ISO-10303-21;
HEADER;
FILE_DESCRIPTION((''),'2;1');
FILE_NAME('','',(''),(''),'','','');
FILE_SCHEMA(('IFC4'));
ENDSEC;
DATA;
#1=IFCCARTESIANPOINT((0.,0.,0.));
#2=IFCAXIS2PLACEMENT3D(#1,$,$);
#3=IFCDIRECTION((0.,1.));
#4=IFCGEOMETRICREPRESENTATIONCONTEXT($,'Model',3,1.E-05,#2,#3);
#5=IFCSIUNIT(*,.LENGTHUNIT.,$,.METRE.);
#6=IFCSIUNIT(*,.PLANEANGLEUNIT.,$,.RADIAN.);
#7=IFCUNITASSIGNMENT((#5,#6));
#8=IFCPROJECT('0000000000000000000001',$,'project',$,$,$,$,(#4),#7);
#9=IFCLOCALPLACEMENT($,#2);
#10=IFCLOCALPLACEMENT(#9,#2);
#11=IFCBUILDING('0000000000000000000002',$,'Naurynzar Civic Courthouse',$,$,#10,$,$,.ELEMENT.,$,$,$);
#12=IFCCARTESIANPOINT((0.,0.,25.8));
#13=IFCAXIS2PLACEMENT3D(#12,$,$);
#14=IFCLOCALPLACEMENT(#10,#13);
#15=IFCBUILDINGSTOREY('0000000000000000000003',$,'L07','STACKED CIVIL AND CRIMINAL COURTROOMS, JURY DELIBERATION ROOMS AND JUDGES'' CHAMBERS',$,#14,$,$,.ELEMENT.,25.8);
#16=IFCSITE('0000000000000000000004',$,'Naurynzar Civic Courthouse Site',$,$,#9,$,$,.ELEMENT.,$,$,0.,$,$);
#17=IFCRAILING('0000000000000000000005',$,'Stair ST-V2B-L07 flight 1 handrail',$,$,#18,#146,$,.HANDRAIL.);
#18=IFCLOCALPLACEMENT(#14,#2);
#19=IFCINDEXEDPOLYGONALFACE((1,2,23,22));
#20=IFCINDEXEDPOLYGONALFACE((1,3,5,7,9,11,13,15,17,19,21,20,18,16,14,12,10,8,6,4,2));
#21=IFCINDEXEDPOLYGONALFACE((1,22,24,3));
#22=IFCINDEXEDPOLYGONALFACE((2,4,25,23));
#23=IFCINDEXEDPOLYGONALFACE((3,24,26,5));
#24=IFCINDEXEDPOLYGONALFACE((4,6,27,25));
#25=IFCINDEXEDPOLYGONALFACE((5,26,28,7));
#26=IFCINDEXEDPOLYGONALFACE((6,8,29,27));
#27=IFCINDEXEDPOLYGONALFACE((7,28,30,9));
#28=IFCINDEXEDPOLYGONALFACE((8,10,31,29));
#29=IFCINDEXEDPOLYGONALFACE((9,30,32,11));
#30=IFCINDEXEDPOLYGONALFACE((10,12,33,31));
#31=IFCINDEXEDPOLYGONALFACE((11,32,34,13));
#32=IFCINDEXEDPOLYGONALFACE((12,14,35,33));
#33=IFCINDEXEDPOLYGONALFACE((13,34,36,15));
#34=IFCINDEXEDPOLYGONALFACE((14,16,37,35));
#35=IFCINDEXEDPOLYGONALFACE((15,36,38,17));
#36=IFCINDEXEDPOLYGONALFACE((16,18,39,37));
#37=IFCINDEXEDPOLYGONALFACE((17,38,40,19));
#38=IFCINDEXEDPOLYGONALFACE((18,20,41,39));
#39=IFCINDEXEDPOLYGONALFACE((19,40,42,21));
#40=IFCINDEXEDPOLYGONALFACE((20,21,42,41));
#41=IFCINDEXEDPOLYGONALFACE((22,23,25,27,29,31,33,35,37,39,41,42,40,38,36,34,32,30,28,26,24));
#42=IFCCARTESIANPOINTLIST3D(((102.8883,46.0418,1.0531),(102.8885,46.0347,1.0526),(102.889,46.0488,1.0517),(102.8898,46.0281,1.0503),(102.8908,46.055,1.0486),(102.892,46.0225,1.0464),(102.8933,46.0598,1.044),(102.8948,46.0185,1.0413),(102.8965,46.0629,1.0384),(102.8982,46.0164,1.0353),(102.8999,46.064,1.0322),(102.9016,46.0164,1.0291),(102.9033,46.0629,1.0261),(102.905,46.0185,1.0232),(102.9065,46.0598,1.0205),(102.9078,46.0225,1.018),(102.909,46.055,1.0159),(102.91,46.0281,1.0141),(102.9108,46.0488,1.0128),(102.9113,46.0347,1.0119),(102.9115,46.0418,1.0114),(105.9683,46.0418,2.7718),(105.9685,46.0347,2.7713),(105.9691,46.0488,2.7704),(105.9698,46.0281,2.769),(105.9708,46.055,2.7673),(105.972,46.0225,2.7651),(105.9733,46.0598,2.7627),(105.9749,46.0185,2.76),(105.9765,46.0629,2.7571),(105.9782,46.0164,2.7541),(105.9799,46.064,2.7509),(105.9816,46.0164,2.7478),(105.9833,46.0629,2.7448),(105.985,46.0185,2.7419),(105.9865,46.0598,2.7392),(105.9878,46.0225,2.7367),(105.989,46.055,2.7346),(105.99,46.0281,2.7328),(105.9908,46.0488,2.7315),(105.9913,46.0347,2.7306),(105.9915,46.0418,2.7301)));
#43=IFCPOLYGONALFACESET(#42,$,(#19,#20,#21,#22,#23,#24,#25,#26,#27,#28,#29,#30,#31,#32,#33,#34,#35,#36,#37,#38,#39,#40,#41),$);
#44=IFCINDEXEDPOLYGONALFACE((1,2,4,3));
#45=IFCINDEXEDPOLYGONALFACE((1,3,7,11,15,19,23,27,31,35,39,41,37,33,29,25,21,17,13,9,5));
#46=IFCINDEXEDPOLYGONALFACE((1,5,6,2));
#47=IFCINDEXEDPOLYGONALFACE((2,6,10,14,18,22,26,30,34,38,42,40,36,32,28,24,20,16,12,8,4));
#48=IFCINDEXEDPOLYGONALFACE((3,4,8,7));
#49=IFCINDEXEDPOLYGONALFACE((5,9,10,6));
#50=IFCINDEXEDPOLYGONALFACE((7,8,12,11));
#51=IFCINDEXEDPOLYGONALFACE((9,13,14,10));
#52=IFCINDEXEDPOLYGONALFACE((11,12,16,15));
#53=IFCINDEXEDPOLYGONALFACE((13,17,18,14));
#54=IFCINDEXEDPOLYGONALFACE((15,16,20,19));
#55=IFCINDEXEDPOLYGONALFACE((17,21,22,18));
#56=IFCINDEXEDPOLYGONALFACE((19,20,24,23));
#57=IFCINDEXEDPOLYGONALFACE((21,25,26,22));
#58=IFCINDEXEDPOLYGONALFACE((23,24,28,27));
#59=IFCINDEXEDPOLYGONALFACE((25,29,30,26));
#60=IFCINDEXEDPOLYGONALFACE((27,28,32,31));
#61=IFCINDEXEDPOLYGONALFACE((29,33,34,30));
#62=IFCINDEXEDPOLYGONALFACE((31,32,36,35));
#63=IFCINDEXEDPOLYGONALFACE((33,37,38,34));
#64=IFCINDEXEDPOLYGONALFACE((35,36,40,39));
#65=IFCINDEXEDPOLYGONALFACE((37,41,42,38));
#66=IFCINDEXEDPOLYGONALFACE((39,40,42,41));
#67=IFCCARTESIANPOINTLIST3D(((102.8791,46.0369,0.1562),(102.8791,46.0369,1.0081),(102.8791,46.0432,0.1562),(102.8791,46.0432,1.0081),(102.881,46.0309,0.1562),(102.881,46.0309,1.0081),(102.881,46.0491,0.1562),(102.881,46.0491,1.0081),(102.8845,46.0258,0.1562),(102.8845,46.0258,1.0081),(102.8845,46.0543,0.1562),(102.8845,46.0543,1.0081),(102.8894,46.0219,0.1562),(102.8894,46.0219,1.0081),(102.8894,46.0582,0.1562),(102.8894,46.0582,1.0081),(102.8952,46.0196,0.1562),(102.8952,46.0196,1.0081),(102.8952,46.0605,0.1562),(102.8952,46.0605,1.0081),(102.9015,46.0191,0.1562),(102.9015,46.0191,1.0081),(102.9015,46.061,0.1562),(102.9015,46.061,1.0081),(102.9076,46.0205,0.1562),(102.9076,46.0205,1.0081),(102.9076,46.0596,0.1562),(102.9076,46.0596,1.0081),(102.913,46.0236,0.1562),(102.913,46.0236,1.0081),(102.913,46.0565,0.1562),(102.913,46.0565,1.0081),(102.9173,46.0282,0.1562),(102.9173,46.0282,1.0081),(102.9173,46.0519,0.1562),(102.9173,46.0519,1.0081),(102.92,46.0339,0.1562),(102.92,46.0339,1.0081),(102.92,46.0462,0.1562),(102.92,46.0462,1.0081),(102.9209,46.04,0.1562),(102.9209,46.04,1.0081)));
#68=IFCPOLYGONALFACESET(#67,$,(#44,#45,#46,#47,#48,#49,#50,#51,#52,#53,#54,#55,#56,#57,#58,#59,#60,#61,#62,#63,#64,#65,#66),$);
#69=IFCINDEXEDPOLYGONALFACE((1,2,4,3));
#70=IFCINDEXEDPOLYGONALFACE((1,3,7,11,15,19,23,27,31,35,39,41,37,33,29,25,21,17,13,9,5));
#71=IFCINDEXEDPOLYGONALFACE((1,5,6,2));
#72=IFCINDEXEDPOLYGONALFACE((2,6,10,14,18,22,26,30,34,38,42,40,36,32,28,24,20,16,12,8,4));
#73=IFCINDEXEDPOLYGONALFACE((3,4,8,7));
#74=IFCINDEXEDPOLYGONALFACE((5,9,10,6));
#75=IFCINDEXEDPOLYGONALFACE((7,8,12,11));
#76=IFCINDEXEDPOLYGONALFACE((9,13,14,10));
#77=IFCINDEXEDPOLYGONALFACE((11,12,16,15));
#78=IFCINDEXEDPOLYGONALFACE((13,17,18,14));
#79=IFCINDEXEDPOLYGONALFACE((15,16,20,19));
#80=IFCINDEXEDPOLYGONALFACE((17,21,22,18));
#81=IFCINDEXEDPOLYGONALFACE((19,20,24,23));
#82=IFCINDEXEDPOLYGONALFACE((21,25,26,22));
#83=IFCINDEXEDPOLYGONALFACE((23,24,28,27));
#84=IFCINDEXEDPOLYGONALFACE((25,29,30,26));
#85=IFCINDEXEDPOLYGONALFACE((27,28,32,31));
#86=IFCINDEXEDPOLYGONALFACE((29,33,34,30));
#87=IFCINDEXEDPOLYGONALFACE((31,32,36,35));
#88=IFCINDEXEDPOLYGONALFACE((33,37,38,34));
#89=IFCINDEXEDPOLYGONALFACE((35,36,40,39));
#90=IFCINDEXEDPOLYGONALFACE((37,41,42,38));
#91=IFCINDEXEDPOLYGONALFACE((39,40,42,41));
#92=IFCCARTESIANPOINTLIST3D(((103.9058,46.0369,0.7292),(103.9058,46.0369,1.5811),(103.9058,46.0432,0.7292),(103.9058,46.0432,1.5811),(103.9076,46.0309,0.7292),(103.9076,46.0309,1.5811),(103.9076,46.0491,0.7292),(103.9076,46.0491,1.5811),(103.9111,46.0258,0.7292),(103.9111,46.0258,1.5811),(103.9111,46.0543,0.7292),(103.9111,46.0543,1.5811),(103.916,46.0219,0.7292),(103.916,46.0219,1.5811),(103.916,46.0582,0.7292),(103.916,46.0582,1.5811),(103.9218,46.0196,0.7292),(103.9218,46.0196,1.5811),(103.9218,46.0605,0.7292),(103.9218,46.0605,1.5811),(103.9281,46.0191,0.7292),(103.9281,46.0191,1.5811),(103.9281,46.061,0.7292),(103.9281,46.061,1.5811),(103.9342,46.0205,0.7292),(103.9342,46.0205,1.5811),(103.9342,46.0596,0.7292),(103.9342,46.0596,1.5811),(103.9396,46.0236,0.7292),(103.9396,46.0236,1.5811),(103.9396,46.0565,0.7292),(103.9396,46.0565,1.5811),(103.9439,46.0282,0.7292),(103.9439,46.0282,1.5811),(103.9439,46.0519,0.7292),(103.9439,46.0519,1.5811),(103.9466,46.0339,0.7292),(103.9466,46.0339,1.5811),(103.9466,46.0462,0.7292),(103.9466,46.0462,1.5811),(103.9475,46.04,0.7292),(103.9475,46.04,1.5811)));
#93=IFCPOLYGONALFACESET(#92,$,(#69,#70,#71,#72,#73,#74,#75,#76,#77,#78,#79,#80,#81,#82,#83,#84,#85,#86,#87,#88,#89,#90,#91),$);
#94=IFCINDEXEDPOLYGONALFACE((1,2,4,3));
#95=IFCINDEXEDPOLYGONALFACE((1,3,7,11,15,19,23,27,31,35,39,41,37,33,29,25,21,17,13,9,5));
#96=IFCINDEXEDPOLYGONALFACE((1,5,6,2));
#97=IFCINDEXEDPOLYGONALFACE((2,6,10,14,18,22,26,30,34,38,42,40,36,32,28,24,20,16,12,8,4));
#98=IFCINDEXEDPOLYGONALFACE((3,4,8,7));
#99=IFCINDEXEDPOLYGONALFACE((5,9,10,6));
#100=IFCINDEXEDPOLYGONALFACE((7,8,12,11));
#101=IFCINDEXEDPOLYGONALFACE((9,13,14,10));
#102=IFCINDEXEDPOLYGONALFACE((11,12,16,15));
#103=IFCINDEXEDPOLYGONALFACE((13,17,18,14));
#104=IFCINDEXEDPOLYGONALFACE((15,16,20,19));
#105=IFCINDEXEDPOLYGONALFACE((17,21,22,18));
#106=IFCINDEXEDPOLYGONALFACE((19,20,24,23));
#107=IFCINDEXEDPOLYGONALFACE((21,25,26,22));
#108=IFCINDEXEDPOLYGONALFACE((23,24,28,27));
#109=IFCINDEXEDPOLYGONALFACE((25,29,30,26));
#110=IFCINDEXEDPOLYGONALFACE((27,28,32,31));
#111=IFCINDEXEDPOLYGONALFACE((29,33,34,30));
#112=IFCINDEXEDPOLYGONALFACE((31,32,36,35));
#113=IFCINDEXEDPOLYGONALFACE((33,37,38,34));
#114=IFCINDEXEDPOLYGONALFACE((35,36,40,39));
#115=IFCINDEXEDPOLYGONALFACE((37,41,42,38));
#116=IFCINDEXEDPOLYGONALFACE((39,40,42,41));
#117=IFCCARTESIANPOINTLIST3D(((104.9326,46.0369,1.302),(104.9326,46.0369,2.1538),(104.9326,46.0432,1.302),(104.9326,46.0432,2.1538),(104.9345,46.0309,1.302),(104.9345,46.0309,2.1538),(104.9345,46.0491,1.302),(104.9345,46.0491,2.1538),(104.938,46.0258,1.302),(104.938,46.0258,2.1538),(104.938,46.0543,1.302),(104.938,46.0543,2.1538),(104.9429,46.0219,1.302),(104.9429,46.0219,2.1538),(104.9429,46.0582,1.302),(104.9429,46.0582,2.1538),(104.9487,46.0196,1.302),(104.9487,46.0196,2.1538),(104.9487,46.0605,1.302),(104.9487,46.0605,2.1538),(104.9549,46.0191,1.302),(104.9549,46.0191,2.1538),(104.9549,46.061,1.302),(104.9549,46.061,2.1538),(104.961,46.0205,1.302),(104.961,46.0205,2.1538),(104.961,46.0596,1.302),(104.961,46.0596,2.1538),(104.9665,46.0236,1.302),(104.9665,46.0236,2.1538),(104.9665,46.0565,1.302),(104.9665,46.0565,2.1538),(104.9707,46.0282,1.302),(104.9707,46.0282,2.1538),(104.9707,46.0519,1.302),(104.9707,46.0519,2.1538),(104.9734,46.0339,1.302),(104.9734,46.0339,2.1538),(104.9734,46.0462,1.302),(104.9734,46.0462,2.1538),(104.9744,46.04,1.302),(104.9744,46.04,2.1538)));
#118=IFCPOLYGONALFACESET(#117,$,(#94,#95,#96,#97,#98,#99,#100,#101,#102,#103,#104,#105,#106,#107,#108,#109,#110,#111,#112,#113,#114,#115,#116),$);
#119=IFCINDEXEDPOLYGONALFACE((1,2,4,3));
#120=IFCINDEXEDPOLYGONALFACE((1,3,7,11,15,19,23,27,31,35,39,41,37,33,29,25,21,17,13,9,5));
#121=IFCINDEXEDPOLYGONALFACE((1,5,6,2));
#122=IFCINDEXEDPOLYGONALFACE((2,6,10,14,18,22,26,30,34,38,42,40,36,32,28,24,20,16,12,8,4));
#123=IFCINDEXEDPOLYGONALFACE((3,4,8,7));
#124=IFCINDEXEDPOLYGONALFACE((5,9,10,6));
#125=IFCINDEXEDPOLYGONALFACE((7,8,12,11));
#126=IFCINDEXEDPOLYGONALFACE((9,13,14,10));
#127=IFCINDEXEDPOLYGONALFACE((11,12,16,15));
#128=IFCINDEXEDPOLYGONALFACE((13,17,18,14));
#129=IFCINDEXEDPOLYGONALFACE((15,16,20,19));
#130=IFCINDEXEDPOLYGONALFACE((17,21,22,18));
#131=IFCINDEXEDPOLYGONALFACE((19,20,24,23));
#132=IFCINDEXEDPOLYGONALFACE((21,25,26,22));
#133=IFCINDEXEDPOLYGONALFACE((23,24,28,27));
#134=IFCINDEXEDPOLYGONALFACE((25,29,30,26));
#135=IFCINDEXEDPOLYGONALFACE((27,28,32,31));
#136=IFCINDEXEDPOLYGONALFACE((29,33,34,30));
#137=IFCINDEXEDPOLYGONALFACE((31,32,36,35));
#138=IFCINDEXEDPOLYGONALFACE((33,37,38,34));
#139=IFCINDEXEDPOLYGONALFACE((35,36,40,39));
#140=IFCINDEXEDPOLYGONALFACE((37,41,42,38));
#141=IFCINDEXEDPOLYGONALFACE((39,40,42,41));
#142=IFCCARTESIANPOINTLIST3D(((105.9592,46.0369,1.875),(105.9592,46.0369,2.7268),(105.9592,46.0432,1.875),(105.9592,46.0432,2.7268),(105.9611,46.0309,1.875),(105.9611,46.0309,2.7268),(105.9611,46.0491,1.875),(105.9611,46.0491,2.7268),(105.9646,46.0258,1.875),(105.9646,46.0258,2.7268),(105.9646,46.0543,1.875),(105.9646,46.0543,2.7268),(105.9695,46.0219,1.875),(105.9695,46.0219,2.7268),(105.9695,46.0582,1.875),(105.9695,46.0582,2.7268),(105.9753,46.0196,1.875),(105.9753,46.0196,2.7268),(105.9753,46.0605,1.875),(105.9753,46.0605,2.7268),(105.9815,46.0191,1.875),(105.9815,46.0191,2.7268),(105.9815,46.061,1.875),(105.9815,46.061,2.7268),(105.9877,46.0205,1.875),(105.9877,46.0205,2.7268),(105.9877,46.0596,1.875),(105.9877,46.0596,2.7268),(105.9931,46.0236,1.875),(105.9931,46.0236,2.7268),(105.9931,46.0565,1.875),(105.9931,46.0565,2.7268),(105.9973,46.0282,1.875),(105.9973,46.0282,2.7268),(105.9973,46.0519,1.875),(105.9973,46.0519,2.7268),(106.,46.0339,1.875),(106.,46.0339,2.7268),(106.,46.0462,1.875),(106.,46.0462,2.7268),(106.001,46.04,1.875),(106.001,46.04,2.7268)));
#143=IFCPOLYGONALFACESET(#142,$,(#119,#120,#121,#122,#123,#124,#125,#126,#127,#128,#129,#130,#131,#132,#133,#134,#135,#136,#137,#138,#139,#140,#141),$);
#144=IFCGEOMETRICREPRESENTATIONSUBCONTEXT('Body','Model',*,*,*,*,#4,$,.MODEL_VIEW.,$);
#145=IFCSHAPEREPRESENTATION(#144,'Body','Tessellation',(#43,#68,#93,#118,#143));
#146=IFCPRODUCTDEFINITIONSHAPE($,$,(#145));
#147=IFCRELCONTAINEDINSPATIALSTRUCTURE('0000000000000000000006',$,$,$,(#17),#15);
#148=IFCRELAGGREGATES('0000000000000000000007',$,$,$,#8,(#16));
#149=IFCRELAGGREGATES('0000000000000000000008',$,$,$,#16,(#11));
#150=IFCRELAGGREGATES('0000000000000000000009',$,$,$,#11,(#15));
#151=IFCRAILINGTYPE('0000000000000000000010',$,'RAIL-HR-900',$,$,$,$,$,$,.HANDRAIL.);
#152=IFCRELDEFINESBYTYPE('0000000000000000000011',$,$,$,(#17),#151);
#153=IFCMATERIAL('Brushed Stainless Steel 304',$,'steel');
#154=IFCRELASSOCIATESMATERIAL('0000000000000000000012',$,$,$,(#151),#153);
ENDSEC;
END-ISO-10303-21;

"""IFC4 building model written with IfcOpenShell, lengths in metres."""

from ifc_helpers import new_model, si_unit, direction, frame, origin, origin_2d, place, context, subcontext, project, spatial, circle, extrude, material, type_object, element, save


model = new_model("IFC4")

# Units and contexts
model_context = context("Model", 3, precision=1e-05, world=origin(), true_north=direction((0.0, 1.0)))
body_context = subcontext(model_context, "Body", "Model", "MODEL_VIEW")
ifc_project = project(units=[si_unit("LENGTHUNIT", "METRE"), si_unit("PLANEANGLEUNIT", "RADIAN")], contexts=[model_context])

# Site, building, storey
site_placement = place(None, origin())
site = spatial("IfcSite", under=ifc_project, at=site_placement, Name="Naurynzar Civic Courthouse Site", CompositionType="ELEMENT", RefElevation=0.0)
building_placement = place(site_placement, origin())
building = spatial("IfcBuilding", under=site, at=building_placement, Name="Naurynzar Civic Courthouse", CompositionType="ELEMENT")
storey_placement = place(building_placement, frame((0.0, 0.0, 25.8)))
storey = spatial("IfcBuildingStorey", under=building, at=storey_placement, Name="L07", Description="STACKED CIVIL AND CRIMINAL COURTROOMS, JURY DELIBERATION ROOMS AND JUDGES' CHAMBERS", CompositionType="ELEMENT", Elevation=25.8)

# Railing
ifc_material_1 = material(Name="Brushed Stainless Steel 304", Category="steel")
railing_type_1 = type_object("IfcRailingType", Name="RAIL-HR-900", PredefinedType="HANDRAIL", material=ifc_material_1)
railing_1_placement = place(storey_placement, frame((102.8999, 46.04, 0.1562)))
element("IfcRailing", 1, at=railing_1_placement, inside=storey, type_object=railing_type_1, Name="Stair ST-V2B-L07 flight 1 handrail", PredefinedType="HANDRAIL", context=body_context, shape_type="SweptSolid", body=[
    extrude(circle(Radius=0.0239, at=origin_2d()), frame((0.0, 0.0, 0.876), z_axis=(0.873242, 0.0, 0.487288), x_axis=(0.0, 1.0, 0.0)), (0.0, 0.0, 1.0), 3.5271),
    extrude(circle(Radius=0.021, at=origin_2d()), origin(), (0.0, 0.0, 1.0), 0.8518),
    extrude(circle(Radius=0.021, at=origin_2d()), frame((1.0266, 0.0, 0.573)), (0.0, 0.0, 1.0), 0.8518),
    extrude(circle(Radius=0.021, at=origin_2d()), frame((2.0535, 0.0, 1.1458)), (0.0, 0.0, 1.0), 0.8518),
    extrude(circle(Radius=0.021, at=origin_2d()), frame((3.0801, 0.0, 1.7188)), (0.0, 0.0, 1.0), 0.8518),
])

save(model, "model.ifc")
